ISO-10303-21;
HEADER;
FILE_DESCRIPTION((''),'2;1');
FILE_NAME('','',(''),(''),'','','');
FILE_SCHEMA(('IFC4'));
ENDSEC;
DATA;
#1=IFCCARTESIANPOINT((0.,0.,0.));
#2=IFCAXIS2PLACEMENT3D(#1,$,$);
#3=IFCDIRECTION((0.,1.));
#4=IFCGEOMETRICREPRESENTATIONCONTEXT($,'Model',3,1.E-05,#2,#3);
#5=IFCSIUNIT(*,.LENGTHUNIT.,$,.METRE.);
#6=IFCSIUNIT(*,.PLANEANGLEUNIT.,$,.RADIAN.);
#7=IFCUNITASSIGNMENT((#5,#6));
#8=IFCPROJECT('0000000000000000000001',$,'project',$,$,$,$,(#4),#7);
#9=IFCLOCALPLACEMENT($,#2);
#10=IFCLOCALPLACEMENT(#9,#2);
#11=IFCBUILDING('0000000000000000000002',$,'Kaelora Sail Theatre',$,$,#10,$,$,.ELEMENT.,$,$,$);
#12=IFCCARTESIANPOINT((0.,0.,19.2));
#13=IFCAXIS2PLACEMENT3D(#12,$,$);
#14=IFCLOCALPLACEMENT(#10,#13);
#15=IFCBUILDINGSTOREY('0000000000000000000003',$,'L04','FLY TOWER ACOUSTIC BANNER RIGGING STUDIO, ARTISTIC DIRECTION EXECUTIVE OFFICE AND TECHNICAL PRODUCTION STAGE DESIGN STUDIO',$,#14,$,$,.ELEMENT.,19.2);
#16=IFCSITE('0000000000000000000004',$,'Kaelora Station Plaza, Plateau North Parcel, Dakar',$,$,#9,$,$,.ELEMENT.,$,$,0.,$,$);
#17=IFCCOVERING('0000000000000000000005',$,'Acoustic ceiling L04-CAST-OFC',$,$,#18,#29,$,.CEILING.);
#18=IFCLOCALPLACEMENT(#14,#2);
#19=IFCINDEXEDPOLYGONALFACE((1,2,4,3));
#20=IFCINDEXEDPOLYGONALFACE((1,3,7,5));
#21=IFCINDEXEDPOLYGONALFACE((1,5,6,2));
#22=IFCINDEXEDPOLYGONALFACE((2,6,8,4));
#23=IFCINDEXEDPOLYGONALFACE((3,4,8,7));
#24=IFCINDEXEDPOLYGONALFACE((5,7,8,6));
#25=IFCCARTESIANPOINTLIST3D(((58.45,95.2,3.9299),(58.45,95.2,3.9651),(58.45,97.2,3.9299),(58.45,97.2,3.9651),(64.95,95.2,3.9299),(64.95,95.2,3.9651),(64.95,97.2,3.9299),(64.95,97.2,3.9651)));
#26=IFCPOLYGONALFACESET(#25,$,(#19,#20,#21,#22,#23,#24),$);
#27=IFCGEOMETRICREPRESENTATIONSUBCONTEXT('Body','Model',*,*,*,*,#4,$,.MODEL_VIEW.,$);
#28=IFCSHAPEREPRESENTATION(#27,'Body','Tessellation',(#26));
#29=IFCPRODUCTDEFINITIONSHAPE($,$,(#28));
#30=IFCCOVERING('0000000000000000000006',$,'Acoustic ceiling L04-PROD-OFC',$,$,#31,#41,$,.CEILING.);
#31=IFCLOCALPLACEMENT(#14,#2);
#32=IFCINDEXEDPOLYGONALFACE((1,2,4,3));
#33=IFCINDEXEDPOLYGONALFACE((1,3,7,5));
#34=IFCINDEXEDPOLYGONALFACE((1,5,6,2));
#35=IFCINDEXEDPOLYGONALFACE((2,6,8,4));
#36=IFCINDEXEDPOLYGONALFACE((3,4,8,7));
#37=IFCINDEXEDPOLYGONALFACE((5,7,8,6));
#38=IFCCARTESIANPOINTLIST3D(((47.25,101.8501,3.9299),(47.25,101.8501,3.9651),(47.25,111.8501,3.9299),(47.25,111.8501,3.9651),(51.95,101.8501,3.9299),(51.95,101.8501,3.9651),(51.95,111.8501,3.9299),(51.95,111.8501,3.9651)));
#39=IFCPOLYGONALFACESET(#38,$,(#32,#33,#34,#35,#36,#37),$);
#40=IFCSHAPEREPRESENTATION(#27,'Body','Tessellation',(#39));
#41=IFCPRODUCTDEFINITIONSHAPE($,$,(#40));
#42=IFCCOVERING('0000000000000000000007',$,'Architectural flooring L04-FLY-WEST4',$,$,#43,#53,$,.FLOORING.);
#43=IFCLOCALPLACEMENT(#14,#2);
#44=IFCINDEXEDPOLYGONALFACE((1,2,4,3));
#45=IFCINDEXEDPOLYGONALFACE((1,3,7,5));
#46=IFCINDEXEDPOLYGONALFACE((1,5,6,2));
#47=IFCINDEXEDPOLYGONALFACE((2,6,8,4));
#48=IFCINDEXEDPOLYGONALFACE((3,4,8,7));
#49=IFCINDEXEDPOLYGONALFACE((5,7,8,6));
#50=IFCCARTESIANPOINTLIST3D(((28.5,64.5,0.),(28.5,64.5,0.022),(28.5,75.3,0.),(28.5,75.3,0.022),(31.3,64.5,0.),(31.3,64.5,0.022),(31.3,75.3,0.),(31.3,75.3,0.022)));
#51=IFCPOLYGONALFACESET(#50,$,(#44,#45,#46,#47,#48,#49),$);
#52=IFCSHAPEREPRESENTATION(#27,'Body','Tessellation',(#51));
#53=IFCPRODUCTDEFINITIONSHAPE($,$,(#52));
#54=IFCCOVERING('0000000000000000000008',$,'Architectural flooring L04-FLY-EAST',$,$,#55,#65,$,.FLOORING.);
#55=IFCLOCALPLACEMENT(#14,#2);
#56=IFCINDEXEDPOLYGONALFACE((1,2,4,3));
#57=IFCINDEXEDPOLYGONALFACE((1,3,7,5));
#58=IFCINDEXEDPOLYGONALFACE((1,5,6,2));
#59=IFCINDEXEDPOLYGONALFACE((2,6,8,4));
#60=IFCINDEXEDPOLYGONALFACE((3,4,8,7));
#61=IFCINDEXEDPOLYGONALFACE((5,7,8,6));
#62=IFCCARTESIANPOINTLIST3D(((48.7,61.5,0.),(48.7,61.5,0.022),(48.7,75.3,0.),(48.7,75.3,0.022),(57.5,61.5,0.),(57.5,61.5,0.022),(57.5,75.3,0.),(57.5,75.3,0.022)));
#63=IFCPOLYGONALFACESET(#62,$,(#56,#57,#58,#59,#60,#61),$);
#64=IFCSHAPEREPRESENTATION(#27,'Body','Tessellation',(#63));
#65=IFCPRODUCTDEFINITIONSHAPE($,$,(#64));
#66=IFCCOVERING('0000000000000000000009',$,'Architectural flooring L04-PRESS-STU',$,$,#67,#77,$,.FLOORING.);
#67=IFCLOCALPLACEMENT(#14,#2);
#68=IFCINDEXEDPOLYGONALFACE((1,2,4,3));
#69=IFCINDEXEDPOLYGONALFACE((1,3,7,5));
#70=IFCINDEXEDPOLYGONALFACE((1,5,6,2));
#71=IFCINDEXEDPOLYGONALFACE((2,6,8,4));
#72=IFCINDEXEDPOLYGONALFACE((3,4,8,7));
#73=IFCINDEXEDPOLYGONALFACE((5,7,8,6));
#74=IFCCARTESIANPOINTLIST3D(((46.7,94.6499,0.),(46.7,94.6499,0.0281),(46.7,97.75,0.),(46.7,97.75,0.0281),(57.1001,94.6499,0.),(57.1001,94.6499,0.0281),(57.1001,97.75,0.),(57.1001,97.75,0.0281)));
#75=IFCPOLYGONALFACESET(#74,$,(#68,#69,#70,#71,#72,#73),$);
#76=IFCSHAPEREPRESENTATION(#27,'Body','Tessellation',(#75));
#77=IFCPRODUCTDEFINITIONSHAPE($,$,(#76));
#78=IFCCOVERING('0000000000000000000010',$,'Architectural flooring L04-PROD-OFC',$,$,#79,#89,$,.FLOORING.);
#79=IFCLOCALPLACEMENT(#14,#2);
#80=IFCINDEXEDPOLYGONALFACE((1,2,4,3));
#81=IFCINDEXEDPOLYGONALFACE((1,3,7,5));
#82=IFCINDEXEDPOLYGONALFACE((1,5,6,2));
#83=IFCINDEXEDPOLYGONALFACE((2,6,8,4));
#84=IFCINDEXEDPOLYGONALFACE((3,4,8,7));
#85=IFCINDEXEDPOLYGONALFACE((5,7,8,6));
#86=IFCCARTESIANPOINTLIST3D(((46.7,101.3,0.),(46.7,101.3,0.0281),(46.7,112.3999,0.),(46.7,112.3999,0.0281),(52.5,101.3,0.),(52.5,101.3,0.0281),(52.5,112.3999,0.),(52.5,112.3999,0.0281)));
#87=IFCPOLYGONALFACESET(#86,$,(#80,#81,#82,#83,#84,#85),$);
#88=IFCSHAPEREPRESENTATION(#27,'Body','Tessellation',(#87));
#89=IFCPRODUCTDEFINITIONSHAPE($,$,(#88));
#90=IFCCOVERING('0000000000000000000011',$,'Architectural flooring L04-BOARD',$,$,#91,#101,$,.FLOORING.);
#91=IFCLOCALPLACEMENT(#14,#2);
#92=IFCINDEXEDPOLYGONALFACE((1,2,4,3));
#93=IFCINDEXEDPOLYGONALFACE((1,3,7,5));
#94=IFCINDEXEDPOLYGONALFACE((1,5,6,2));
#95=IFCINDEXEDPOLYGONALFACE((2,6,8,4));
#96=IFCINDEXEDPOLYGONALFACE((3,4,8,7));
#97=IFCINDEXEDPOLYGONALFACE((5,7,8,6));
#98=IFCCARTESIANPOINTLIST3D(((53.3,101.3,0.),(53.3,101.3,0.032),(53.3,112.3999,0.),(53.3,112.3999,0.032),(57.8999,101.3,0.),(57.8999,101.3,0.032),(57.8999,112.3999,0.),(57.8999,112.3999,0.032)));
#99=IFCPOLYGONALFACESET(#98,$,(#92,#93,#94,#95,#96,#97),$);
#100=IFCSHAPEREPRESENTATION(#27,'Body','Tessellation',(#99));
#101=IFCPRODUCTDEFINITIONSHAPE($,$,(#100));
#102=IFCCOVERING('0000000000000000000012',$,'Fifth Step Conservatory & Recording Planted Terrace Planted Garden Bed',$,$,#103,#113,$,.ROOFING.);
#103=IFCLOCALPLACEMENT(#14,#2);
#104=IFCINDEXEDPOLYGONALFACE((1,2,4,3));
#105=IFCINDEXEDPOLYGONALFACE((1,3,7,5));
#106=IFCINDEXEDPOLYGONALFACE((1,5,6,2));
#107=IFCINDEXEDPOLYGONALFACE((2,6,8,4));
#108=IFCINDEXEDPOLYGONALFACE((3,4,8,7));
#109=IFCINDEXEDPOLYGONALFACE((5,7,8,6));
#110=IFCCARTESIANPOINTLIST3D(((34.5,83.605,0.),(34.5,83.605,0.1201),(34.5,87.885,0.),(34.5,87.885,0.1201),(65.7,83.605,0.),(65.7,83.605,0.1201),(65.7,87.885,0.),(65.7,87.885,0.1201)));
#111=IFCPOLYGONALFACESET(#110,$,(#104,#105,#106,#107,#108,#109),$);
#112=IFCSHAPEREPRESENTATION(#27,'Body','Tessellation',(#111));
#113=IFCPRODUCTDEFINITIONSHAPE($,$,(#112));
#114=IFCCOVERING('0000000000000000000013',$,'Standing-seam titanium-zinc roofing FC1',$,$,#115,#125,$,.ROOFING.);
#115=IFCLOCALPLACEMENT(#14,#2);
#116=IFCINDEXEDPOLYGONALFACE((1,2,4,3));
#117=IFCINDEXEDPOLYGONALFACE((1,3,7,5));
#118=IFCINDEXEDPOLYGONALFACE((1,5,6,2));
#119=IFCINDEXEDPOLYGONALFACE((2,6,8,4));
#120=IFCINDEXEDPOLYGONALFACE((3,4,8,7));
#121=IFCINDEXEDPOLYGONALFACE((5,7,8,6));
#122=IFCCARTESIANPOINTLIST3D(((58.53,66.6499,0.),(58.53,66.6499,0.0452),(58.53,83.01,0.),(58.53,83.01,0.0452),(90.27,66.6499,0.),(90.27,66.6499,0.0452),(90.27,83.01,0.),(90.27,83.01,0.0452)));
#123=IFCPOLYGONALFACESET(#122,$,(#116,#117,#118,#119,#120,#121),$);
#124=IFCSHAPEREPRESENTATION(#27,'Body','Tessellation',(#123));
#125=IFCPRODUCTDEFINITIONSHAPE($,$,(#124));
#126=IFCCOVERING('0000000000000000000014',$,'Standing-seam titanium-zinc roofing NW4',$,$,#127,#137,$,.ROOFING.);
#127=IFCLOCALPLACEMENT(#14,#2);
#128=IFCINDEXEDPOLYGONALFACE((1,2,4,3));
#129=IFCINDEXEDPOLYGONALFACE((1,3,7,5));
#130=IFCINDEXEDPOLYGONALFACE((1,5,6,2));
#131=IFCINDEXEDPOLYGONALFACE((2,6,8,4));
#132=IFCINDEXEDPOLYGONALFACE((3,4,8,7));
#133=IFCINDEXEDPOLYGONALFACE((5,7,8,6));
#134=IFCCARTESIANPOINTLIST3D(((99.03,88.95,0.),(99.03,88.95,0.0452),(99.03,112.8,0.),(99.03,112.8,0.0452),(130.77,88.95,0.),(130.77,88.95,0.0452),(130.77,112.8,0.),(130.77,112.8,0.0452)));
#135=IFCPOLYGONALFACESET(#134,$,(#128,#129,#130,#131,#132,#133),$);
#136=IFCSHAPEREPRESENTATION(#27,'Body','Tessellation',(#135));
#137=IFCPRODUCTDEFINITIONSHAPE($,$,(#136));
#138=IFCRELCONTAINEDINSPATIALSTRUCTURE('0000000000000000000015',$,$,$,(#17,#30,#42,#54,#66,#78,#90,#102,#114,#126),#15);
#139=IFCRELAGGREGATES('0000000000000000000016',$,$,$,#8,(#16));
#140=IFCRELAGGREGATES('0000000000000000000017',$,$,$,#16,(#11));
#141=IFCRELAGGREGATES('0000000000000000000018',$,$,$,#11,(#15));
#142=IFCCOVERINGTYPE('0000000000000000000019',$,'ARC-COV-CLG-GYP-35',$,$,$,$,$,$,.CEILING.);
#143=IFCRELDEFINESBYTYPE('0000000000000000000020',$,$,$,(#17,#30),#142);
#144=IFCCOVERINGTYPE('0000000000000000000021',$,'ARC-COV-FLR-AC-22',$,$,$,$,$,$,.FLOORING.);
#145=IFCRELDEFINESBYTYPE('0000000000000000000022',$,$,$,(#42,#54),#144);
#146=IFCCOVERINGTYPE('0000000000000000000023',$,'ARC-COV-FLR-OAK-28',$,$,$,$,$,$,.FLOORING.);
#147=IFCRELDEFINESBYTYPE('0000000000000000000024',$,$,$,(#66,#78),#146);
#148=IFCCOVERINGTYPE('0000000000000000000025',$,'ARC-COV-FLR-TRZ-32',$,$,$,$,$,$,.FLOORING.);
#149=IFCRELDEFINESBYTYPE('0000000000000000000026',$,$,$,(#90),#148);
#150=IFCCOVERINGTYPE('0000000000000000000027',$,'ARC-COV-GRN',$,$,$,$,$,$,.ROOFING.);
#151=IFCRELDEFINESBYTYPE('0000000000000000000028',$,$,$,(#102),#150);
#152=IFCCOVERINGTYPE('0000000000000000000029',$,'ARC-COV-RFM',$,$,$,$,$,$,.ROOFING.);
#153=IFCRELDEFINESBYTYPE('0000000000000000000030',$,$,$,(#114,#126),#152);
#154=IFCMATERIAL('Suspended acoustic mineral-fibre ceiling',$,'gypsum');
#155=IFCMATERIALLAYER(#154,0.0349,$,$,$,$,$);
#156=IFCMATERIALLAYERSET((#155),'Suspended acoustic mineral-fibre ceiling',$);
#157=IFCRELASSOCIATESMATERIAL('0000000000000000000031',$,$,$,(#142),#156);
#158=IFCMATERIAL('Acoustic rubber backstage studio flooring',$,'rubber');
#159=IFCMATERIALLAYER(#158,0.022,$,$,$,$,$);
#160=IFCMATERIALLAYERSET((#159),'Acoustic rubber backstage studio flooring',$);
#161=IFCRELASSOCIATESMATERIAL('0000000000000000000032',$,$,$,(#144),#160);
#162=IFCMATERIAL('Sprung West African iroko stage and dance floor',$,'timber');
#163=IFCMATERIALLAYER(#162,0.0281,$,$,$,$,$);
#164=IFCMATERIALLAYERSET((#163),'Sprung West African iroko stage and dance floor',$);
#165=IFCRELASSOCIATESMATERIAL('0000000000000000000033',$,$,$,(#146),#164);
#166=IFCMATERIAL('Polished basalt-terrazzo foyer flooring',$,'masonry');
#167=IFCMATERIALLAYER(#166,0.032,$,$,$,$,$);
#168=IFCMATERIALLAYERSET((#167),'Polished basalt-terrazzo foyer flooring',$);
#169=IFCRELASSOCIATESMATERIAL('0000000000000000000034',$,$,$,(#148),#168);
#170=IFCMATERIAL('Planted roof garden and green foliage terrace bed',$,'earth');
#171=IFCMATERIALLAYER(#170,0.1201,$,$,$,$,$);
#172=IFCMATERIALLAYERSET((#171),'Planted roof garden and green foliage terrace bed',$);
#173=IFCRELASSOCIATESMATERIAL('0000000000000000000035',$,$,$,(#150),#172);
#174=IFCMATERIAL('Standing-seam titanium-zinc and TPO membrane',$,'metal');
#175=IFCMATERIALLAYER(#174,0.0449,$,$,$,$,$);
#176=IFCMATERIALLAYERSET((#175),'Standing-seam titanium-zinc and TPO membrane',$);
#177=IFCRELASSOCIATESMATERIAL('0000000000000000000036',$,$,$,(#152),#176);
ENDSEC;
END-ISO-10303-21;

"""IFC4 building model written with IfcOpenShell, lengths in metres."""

from ifc_helpers import new_model, si_unit, direction, frame, origin, place, context, subcontext, project, spatial, polyline, outline, extrude, material, layer, layer_set, type_object, element, save


model = new_model("IFC4")

# Units and contexts
model_context = context("Model", 3, precision=1e-05, world=origin(), true_north=direction((0.0, 1.0)))
body_context = subcontext(model_context, "Body", "Model", "MODEL_VIEW")
ifc_project = project(units=[si_unit("LENGTHUNIT", "METRE"), si_unit("PLANEANGLEUNIT", "RADIAN")], contexts=[model_context])

# Site, building, storey
site_placement = place(None, origin())
site = spatial("IfcSite", under=ifc_project, at=site_placement, Name="Kaelora Station Plaza, Plateau North Parcel, Dakar", CompositionType="ELEMENT", RefElevation=0.0)
building_placement = place(site_placement, origin())
building = spatial("IfcBuilding", under=site, at=building_placement, Name="Kaelora Sail Theatre", CompositionType="ELEMENT")
storey_placement = place(building_placement, frame((0.0, 0.0, 19.2)))
storey = spatial("IfcBuildingStorey", under=building, at=storey_placement, Name="L04", Description="FLY TOWER ACOUSTIC BANNER RIGGING STUDIO, ARTISTIC DIRECTION EXECUTIVE OFFICE AND TECHNICAL PRODUCTION STAGE DESIGN STUDIO", CompositionType="ELEMENT", Elevation=19.2)

# Coverings
ifc_material_1 = material(Name="Suspended acoustic mineral-fibre ceiling", Category="gypsum")
ifc_layer_1 = layer(ifc_material_1, 0.0349)
ifc_layer_set_1 = layer_set([ifc_layer_1], Name="Suspended acoustic mineral-fibre ceiling")
covering_type_1 = type_object("IfcCoveringType", Name="ARC-COV-CLG-GYP-35", PredefinedType="CEILING", material=ifc_layer_set_1)
covering_1_placement = place(storey_placement, frame((0.0, 0.0, 3.9299)))
element("IfcCovering", 1, at=covering_1_placement, inside=storey, type_object=covering_type_1, Name="Acoustic ceiling L04-CAST-OFC", PredefinedType="CEILING", context=body_context, shape_type="SweptSolid", body=[
    extrude(outline(polyline([(58.45, 95.2), (64.95, 95.2), (64.95, 97.2), (58.45, 97.2), (58.45, 95.2)])), origin(), (0.0, 0.0, 1.0), 0.0352),
])
covering_2_placement = place(storey_placement, frame((0.0, 0.0, 3.9299)))
element("IfcCovering", 2, at=covering_2_placement, inside=storey, type_object=covering_type_1, Name="Acoustic ceiling L04-PROD-OFC", PredefinedType="CEILING", context=body_context, shape_type="SweptSolid", body=[
    extrude(outline(polyline([(47.25, 101.8501), (51.95, 101.8501), (51.95, 111.8501), (47.25, 111.8501), (47.25, 101.8501)])), origin(), (0.0, 0.0, 1.0), 0.0352),
])
ifc_material_2 = material(Name="Acoustic rubber backstage studio flooring", Category="rubber")
ifc_layer_2 = layer(ifc_material_2, 0.022)
ifc_layer_set_2 = layer_set([ifc_layer_2], Name="Acoustic rubber backstage studio flooring")
covering_type_2 = type_object("IfcCoveringType", Name="ARC-COV-FLR-AC-22", PredefinedType="FLOORING", material=ifc_layer_set_2)
covering_3_placement = place(storey_placement, origin())
element("IfcCovering", 3, at=covering_3_placement, inside=storey, type_object=covering_type_2, Name="Architectural flooring L04-FLY-WEST4", PredefinedType="FLOORING", context=body_context, shape_type="SweptSolid", body=[
    extrude(outline(polyline([(28.5, 64.5), (31.3, 64.5), (31.3, 75.3), (28.5, 75.3), (28.5, 64.5)])), origin(), (0.0, 0.0, 1.0), 0.022),
])
covering_4_placement = place(storey_placement, origin())
element("IfcCovering", 4, at=covering_4_placement, inside=storey, type_object=covering_type_2, Name="Architectural flooring L04-FLY-EAST", PredefinedType="FLOORING", context=body_context, shape_type="SweptSolid", body=[
    extrude(outline(polyline([(48.7, 61.5), (57.5, 61.5), (57.5, 75.3), (48.7, 75.3), (48.7, 61.5)])), origin(), (0.0, 0.0, 1.0), 0.022),
])
ifc_material_3 = material(Name="Sprung West African iroko stage and dance floor", Category="timber")
ifc_layer_3 = layer(ifc_material_3, 0.0281)
ifc_layer_set_3 = layer_set([ifc_layer_3], Name="Sprung West African iroko stage and dance floor")
covering_type_3 = type_object("IfcCoveringType", Name="ARC-COV-FLR-OAK-28", PredefinedType="FLOORING", material=ifc_layer_set_3)
covering_5_placement = place(storey_placement, origin())
element("IfcCovering", 5, at=covering_5_placement, inside=storey, type_object=covering_type_3, Name="Architectural flooring L04-PRESS-STU", PredefinedType="FLOORING", context=body_context, shape_type="SweptSolid", body=[
    extrude(outline(polyline([(46.7, 94.6499), (57.1001, 94.6499), (57.1001, 97.75), (46.7, 97.75), (46.7, 94.6499)])), origin(), (0.0, 0.0, 1.0), 0.0281),
])
covering_6_placement = place(storey_placement, origin())
element("IfcCovering", 6, at=covering_6_placement, inside=storey, type_object=covering_type_3, Name="Architectural flooring L04-PROD-OFC", PredefinedType="FLOORING", context=body_context, shape_type="SweptSolid", body=[
    extrude(outline(polyline([(46.7, 101.3), (52.5, 101.3), (52.5, 112.3999), (46.7, 112.3999), (46.7, 101.3)])), origin(), (0.0, 0.0, 1.0), 0.0281),
])
ifc_material_4 = material(Name="Polished basalt-terrazzo foyer flooring", Category="masonry")
ifc_layer_4 = layer(ifc_material_4, 0.032)
ifc_layer_set_4 = layer_set([ifc_layer_4], Name="Polished basalt-terrazzo foyer flooring")
covering_type_4 = type_object("IfcCoveringType", Name="ARC-COV-FLR-TRZ-32", PredefinedType="FLOORING", material=ifc_layer_set_4)
covering_7_placement = place(storey_placement, origin())
element("IfcCovering", 7, at=covering_7_placement, inside=storey, type_object=covering_type_4, Name="Architectural flooring L04-BOARD", PredefinedType="FLOORING", context=body_context, shape_type="SweptSolid", body=[
    extrude(outline(polyline([(53.3, 101.3), (57.8999, 101.3), (57.8999, 112.3999), (53.3, 112.3999), (53.3, 101.3)])), origin(), (0.0, 0.0, 1.0), 0.032),
])
ifc_material_5 = material(Name="Planted roof garden and green foliage terrace bed", Category="earth")
ifc_layer_5 = layer(ifc_material_5, 0.1201)
ifc_layer_set_5 = layer_set([ifc_layer_5], Name="Planted roof garden and green foliage terrace bed")
covering_type_5 = type_object("IfcCoveringType", Name="ARC-COV-GRN", PredefinedType="ROOFING", material=ifc_layer_set_5)
covering_8_placement = place(storey_placement, origin())
element("IfcCovering", 8, at=covering_8_placement, inside=storey, type_object=covering_type_5, Name="Fifth Step Conservatory & Recording Planted Terrace Planted Garden Bed", PredefinedType="ROOFING", context=body_context, shape_type="SweptSolid", body=[
    extrude(outline(polyline([(34.5, 83.605), (65.7, 83.605), (65.7, 87.885), (34.5, 87.885), (34.5, 83.605)])), origin(), (0.0, 0.0, 1.0), 0.1201),
])
ifc_material_6 = material(Name="Standing-seam titanium-zinc and TPO membrane", Category="metal")
ifc_layer_6 = layer(ifc_material_6, 0.0449)
ifc_layer_set_6 = layer_set([ifc_layer_6], Name="Standing-seam titanium-zinc and TPO membrane")
covering_type_6 = type_object("IfcCoveringType", Name="ARC-COV-RFM", PredefinedType="ROOFING", material=ifc_layer_set_6)
covering_9_placement = place(storey_placement, origin())
element("IfcCovering", 9, at=covering_9_placement, inside=storey, type_object=covering_type_6, Name="Standing-seam titanium-zinc roofing FC1", PredefinedType="ROOFING", context=body_context, shape_type="SweptSolid", body=[
    extrude(outline(polyline([(58.53, 66.6499), (90.27, 66.6499), (90.27, 83.01), (58.53, 83.01), (58.53, 66.6499)])), origin(), (0.0, 0.0, 1.0), 0.0452),
])
covering_10_placement = place(storey_placement, origin())
element("IfcCovering", 10, at=covering_10_placement, inside=storey, type_object=covering_type_6, Name="Standing-seam titanium-zinc roofing NW4", PredefinedType="ROOFING", context=body_context, shape_type="SweptSolid", body=[
    extrude(outline(polyline([(99.03, 88.95), (130.77, 88.95), (130.77, 112.8), (99.03, 112.8), (99.03, 88.95)])), origin(), (0.0, 0.0, 1.0), 0.0452),
])

save(model, "model.ifc")
